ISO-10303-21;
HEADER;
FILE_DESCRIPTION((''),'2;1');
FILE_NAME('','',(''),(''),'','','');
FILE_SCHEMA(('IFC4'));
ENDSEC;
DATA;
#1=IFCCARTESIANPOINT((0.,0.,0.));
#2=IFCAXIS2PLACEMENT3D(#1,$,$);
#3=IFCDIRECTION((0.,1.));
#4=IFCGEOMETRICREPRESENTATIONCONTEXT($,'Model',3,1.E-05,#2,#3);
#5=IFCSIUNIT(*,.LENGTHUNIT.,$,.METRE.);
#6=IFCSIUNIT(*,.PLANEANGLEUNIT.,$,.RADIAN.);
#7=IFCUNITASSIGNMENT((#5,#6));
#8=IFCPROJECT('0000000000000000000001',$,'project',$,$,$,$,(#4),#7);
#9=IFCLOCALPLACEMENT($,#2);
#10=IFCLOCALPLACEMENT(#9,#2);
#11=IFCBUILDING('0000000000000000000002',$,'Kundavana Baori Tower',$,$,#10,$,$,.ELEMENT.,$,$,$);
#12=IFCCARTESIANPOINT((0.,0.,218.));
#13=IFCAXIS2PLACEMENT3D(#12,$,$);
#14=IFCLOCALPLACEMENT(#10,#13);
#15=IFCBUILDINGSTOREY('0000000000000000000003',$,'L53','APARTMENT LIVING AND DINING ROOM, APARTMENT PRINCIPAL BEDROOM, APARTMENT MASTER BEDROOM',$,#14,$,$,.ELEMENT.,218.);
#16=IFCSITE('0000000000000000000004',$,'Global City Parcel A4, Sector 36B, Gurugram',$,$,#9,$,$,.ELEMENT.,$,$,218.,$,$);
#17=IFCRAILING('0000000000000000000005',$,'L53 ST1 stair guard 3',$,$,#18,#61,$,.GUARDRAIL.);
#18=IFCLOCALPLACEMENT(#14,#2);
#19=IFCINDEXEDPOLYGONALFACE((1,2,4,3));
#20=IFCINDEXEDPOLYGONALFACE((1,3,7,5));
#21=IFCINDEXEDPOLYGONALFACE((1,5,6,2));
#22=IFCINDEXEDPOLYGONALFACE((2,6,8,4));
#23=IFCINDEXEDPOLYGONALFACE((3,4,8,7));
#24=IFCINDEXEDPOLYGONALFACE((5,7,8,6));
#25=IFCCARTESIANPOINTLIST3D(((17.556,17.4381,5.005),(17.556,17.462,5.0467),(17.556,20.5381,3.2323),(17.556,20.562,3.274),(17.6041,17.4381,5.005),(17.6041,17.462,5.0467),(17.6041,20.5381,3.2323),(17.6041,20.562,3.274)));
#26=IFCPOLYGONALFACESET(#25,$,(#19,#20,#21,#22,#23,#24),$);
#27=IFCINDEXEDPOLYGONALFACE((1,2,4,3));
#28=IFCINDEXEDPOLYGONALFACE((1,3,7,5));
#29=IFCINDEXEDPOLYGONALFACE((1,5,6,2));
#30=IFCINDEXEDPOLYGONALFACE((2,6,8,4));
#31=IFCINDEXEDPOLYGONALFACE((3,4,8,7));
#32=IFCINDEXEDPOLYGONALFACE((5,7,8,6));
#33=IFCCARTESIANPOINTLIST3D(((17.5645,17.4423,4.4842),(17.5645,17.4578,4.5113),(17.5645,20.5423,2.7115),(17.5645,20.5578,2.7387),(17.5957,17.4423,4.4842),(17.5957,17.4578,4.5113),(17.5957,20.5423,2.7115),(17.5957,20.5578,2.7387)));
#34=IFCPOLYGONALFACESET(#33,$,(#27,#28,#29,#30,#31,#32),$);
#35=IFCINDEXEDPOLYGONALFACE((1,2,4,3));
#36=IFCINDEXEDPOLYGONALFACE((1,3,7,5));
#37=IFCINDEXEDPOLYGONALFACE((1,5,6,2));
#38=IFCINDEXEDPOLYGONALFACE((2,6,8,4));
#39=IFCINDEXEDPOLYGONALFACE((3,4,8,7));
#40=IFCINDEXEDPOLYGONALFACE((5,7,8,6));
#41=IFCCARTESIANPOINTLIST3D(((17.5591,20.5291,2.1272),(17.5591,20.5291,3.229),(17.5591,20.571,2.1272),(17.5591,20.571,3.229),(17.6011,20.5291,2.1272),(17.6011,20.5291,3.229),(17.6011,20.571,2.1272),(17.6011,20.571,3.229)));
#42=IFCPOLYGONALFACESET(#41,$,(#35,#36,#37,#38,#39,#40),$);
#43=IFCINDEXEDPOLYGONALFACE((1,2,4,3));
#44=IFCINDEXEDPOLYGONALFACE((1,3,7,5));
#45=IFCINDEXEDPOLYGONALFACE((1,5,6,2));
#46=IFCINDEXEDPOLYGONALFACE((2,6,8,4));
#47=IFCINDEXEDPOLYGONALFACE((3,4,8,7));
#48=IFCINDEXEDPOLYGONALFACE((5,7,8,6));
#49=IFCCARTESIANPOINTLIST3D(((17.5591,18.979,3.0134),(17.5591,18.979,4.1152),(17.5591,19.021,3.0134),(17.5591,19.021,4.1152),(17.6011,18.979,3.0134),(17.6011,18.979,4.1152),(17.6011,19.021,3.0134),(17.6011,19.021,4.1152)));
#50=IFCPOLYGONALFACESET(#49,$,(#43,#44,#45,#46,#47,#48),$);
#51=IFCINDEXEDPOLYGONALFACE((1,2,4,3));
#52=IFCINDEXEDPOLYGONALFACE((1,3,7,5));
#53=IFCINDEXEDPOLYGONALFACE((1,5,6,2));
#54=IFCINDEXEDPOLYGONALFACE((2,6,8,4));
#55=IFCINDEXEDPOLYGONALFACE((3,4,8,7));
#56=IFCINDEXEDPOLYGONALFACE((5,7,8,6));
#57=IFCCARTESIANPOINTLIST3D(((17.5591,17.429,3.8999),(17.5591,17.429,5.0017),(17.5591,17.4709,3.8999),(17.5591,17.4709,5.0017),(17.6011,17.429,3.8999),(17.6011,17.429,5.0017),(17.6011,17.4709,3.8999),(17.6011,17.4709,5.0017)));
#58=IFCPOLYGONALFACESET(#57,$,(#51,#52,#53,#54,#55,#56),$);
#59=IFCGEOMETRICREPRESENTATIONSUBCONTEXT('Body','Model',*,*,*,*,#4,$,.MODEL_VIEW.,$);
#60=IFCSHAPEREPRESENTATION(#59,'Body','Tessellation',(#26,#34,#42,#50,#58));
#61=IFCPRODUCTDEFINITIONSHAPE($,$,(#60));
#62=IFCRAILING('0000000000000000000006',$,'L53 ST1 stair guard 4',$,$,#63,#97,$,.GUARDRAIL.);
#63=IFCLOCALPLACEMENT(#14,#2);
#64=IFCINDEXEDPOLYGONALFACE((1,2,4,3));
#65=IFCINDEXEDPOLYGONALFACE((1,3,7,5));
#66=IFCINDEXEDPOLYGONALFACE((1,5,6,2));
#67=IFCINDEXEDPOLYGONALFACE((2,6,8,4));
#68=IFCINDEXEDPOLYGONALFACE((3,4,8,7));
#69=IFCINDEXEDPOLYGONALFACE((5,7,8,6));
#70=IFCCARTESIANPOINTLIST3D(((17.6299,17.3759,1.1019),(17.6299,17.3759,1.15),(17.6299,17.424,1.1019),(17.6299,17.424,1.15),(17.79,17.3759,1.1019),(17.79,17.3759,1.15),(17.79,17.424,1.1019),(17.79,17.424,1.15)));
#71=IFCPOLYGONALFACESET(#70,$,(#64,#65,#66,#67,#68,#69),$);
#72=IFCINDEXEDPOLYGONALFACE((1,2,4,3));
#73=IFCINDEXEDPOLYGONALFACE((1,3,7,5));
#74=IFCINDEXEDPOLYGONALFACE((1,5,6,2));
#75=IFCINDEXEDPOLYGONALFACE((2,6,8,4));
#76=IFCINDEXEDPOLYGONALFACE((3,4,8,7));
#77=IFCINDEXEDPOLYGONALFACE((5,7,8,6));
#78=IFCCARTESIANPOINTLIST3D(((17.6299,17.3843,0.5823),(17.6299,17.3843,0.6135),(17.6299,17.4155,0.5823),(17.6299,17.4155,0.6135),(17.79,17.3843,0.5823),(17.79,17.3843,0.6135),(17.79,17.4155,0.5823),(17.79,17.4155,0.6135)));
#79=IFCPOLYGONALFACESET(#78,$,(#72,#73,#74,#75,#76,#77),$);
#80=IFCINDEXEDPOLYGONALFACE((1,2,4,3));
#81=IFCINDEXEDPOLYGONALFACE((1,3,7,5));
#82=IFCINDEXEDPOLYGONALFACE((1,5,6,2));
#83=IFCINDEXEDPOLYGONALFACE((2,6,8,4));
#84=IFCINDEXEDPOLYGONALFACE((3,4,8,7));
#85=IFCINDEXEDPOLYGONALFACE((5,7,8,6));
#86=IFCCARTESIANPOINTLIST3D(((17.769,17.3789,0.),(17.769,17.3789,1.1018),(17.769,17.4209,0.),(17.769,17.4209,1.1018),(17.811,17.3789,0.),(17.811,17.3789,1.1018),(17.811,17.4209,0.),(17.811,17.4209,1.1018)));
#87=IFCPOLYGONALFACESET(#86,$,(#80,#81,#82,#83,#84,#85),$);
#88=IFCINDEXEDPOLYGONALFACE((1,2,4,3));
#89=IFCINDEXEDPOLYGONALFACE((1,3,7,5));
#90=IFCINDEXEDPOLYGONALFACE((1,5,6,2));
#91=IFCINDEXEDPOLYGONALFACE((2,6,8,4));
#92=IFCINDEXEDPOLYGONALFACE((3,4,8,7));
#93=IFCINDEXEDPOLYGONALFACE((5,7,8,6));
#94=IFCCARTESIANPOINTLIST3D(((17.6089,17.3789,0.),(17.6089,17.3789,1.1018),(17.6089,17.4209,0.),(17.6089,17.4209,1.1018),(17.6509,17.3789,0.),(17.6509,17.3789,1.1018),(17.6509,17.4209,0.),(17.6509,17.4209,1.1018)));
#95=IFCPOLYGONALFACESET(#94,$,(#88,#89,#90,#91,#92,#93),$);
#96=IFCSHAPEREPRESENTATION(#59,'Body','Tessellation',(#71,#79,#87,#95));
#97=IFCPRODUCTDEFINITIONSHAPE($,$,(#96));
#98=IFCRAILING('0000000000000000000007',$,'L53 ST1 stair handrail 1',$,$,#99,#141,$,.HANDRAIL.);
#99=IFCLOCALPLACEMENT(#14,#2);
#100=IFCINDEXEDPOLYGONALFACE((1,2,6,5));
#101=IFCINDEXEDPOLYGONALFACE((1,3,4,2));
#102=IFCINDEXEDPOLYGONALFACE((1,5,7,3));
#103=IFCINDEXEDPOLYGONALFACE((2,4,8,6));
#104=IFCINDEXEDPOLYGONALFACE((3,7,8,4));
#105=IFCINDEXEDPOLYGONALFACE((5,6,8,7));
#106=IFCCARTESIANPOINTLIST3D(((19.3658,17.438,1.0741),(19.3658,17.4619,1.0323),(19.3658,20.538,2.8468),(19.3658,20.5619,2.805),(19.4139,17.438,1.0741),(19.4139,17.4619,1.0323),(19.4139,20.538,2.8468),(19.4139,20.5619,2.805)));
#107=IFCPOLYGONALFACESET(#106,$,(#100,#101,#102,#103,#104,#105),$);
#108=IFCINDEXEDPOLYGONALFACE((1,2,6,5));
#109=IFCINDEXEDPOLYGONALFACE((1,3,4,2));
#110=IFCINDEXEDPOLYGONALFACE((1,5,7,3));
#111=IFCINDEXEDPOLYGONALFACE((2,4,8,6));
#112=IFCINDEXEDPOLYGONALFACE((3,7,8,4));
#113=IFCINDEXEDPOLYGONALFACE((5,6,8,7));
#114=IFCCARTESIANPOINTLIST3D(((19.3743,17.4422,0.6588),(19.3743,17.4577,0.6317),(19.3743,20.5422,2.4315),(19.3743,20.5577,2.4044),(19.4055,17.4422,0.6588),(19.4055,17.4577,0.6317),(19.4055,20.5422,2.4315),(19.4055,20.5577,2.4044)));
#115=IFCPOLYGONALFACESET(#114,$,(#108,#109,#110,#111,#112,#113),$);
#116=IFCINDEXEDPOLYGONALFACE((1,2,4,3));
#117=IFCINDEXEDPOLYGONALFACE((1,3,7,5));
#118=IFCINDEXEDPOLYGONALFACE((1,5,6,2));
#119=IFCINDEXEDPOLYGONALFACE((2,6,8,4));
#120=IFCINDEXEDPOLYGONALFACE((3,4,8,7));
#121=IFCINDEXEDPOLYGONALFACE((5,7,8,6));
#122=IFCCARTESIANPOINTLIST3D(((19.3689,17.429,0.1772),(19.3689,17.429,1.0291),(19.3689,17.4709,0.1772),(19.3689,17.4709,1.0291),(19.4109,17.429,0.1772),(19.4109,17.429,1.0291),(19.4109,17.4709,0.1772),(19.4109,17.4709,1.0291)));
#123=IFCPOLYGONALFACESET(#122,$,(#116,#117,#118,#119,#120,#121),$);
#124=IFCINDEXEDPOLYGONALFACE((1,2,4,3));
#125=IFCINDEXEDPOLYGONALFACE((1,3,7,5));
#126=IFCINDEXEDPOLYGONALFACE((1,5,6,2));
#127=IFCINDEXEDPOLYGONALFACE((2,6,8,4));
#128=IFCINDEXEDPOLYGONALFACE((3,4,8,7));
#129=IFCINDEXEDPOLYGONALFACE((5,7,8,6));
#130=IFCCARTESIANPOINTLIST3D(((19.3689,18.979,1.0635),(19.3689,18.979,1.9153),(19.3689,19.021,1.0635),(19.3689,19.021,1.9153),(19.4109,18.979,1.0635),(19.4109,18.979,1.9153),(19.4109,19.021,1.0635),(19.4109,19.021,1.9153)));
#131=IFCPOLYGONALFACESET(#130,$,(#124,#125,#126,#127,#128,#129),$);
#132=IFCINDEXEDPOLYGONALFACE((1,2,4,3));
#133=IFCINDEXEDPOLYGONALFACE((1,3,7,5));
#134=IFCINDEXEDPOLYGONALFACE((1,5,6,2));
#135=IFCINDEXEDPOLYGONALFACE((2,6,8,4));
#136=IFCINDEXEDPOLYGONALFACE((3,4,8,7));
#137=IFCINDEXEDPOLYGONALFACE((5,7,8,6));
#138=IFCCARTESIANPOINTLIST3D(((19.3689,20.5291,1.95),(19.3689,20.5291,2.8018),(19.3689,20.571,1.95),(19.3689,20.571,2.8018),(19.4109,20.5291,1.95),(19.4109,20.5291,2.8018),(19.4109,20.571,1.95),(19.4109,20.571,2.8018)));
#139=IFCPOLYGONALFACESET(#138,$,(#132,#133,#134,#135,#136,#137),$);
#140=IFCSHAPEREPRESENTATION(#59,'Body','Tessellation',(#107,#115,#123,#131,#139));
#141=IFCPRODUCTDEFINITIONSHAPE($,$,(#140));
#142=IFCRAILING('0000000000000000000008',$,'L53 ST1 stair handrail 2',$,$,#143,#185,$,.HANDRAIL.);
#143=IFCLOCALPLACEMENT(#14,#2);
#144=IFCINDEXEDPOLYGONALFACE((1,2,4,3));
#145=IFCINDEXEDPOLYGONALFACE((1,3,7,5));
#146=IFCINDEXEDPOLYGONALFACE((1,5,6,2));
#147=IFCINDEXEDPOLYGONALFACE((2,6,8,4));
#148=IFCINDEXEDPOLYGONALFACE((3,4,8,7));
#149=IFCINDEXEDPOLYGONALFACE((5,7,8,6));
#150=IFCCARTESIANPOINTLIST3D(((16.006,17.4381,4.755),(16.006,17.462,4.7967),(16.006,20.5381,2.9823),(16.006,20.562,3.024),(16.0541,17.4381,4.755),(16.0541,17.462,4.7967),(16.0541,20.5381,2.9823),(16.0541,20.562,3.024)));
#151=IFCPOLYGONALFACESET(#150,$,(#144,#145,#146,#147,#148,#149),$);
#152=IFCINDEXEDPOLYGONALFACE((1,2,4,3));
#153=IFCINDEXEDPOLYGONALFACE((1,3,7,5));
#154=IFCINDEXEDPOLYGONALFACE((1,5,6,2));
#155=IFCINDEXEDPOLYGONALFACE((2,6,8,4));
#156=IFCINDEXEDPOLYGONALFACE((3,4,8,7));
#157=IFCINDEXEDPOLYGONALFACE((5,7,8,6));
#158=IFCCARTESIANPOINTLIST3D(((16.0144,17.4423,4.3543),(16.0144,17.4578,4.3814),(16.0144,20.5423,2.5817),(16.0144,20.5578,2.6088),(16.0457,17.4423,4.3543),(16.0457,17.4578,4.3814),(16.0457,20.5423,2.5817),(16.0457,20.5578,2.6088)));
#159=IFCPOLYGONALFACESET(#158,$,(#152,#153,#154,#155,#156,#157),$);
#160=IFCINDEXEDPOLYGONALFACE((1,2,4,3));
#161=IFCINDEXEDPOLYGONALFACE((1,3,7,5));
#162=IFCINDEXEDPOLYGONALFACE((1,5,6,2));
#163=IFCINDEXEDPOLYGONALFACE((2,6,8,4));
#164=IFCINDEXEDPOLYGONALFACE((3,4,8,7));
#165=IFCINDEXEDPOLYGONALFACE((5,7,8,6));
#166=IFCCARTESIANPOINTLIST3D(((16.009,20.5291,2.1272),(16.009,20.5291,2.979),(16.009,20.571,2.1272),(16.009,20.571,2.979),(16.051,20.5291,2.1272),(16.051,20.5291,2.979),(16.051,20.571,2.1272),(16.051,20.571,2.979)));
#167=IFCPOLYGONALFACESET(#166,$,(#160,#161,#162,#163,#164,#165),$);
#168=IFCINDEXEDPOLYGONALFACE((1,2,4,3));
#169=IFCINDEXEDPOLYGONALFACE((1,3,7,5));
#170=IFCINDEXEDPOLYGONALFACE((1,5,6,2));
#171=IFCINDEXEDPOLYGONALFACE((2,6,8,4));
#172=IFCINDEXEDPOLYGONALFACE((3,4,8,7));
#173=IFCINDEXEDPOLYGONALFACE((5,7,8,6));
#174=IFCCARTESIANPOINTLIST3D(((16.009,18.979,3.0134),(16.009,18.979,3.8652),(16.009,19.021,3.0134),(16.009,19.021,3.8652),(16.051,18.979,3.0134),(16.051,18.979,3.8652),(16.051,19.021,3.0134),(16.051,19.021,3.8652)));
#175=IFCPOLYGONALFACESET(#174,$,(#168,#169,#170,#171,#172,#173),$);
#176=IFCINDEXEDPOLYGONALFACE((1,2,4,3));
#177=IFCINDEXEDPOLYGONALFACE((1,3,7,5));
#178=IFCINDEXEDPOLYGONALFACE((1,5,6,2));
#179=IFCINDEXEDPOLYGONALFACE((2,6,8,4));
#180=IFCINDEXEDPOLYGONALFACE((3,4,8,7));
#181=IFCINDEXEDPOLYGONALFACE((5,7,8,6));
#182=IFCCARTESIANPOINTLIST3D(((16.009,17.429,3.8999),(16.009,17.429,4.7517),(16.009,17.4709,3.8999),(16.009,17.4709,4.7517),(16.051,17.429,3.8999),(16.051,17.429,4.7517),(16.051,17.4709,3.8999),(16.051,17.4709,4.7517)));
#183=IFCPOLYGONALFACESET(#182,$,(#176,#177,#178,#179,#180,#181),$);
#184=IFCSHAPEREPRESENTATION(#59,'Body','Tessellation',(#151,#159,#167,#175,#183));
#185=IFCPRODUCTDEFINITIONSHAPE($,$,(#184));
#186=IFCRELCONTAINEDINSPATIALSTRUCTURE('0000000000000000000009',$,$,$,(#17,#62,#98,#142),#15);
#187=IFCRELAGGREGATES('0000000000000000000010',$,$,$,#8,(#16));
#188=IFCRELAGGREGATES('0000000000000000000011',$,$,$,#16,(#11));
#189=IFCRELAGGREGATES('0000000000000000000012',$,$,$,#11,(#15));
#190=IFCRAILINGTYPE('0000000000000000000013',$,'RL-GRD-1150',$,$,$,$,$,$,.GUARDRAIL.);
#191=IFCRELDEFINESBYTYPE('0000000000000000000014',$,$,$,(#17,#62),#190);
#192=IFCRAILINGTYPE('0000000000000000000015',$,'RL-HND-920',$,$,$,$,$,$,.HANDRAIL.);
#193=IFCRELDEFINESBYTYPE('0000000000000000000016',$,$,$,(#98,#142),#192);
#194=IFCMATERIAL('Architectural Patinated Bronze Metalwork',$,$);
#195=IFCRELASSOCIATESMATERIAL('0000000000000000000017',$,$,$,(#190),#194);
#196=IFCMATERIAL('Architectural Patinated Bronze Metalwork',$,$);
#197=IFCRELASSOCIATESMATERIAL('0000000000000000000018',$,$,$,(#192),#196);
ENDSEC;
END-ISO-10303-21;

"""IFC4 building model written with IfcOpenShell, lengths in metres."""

from ifc_helpers import new_model, si_unit, direction, frame, origin, origin_2d, place, context, subcontext, project, spatial, rectangle, extrude, material, type_object, element, save


model = new_model("IFC4")

# Units and contexts
model_context = context("Model", 3, precision=1e-05, world=origin(), true_north=direction((0.0, 1.0)))
body_context = subcontext(model_context, "Body", "Model", "MODEL_VIEW")
ifc_project = project(units=[si_unit("LENGTHUNIT", "METRE"), si_unit("PLANEANGLEUNIT", "RADIAN")], contexts=[model_context])

# Site, building, storey
site_placement = place(None, origin())
site = spatial("IfcSite", under=ifc_project, at=site_placement, Name="Global City Parcel A4, Sector 36B, Gurugram", CompositionType="ELEMENT", RefElevation=218.0)
building_placement = place(site_placement, origin())
building = spatial("IfcBuilding", under=site, at=building_placement, Name="Kundavana Baori Tower", CompositionType="ELEMENT")
storey_placement = place(building_placement, frame((0.0, 0.0, 218.0)))
storey = spatial("IfcBuildingStorey", under=building, at=storey_placement, Name="L53", Description="APARTMENT LIVING AND DINING ROOM, APARTMENT PRINCIPAL BEDROOM, APARTMENT MASTER BEDROOM", CompositionType="ELEMENT", Elevation=218.0)

# Railings
ifc_material_1 = material(Name="Architectural Patinated Bronze Metalwork")
railing_type_1 = type_object("IfcRailingType", Name="RL-GRD-1150", PredefinedType="GUARDRAIL", material=ifc_material_1)
railing_1_placement = place(storey_placement, frame((17.5801, 20.55, 2.1272)))
element("IfcRailing", 1, at=railing_1_placement, inside=storey, type_object=railing_type_1, Name="L53 ST1 stair guard 3", PredefinedType="GUARDRAIL", context=body_context, shape_type="SweptSolid", body=[
    extrude(rectangle(XDim=0.0481, YDim=0.0481, at=origin_2d()), frame((0.0, 0.0, 1.126), z_axis=(0.0, -0.868096, 0.496397), x_axis=(1.0, 0.0, 0.0)), (0.0, 0.0, 1.0), 3.571),
    extrude(rectangle(XDim=0.0312, YDim=0.0312, at=origin_2d()), frame((0.0, 0.0, 0.5979), z_axis=(0.0, -0.868096, 0.496397), x_axis=(1.0, 0.0, 0.0)), (0.0, 0.0, 1.0), 3.571),
    extrude(rectangle(XDim=0.042, YDim=0.042, at=origin_2d()), origin(), (0.0, 0.0, 1.0), 1.1018),
    extrude(rectangle(XDim=0.042, YDim=0.042, at=origin_2d()), frame((0.0, -1.55, 0.8862)), (0.0, 0.0, 1.0), 1.1018),
    extrude(rectangle(XDim=0.042, YDim=0.042, at=origin_2d()), frame((0.0, -3.1001, 1.7727)), (0.0, 0.0, 1.0), 1.1018),
])
railing_2_placement = place(storey_placement, frame((17.79, 17.3999, 0.0)))
element("IfcRailing", 2, at=railing_2_placement, inside=storey, type_object=railing_type_1, Name="L53 ST1 stair guard 4", PredefinedType="GUARDRAIL", context=body_context, shape_type="SweptSolid", body=[
    extrude(rectangle(XDim=0.0481, YDim=0.0481, at=origin_2d()), frame((0.0, 0.0, 1.126), z_axis=(-1.0, 0.0, 0.0), x_axis=(0.0, -1.0, 0.0)), (0.0, 0.0, 1.0), 0.1602),
    extrude(rectangle(XDim=0.0312, YDim=0.0312, at=origin_2d()), frame((0.0, 0.0, 0.5979), z_axis=(-1.0, 0.0, 0.0), x_axis=(0.0, -1.0, 0.0)), (0.0, 0.0, 1.0), 0.1602),
    extrude(rectangle(XDim=0.042, YDim=0.042, at=origin_2d()), origin(), (0.0, 0.0, 1.0), 1.1018),
    extrude(rectangle(XDim=0.042, YDim=0.042, at=origin_2d()), frame((-0.1602, 0.0, 0.0)), (0.0, 0.0, 1.0), 1.1018),
])
ifc_material_2 = material(Name="Architectural Patinated Bronze Metalwork")
railing_type_2 = type_object("IfcRailingType", Name="RL-HND-920", PredefinedType="HANDRAIL", material=ifc_material_2)
railing_3_placement = place(storey_placement, frame((19.3899, 17.45, 0.1772)))
element("IfcRailing", 3, at=railing_3_placement, inside=storey, type_object=railing_type_2, Name="L53 ST1 stair handrail 1", PredefinedType="HANDRAIL", context=body_context, shape_type="SweptSolid", body=[
    extrude(rectangle(XDim=0.0481, YDim=0.0481, at=origin_2d()), frame((0.0, 0.0, 0.876), z_axis=(0.0, 0.868096, 0.496397), x_axis=(-1.0, 0.0, 0.0)), (0.0, 0.0, 1.0), 3.571),
    extrude(rectangle(XDim=0.0312, YDim=0.0312, at=origin_2d()), frame((0.0, 0.0, 0.468), z_axis=(0.0, 0.868096, 0.496397), x_axis=(-1.0, 0.0, 0.0)), (0.0, 0.0, 1.0), 3.571),
    extrude(rectangle(XDim=0.042, YDim=0.042, at=origin_2d()), origin(), (0.0, 0.0, 1.0), 0.8518),
    extrude(rectangle(XDim=0.042, YDim=0.042, at=origin_2d()), frame((0.0, 1.55, 0.8862)), (0.0, 0.0, 1.0), 0.8518),
    extrude(rectangle(XDim=0.042, YDim=0.042, at=origin_2d()), frame((0.0, 3.1001, 1.7727)), (0.0, 0.0, 1.0), 0.8518),
])
railing_4_placement = place(storey_placement, frame((16.03, 20.55, 2.1272)))
element("IfcRailing", 4, at=railing_4_placement, inside=storey, type_object=railing_type_2, Name="L53 ST1 stair handrail 2", PredefinedType="HANDRAIL", context=body_context, shape_type="SweptSolid", body=[
    extrude(rectangle(XDim=0.0481, YDim=0.0481, at=origin_2d()), frame((0.0, 0.0, 0.876), z_axis=(0.0, -0.868096, 0.496397), x_axis=(1.0, 0.0, 0.0)), (0.0, 0.0, 1.0), 3.571),
    extrude(rectangle(XDim=0.0312, YDim=0.0312, at=origin_2d()), frame((0.0, 0.0, 0.468), z_axis=(0.0, -0.868096, 0.496397), x_axis=(1.0, 0.0, 0.0)), (0.0, 0.0, 1.0), 3.571),
    extrude(rectangle(XDim=0.042, YDim=0.042, at=origin_2d()), origin(), (0.0, 0.0, 1.0), 0.8518),
    extrude(rectangle(XDim=0.042, YDim=0.042, at=origin_2d()), frame((0.0, -1.55, 0.8862)), (0.0, 0.0, 1.0), 0.8518),
    extrude(rectangle(XDim=0.042, YDim=0.042, at=origin_2d()), frame((0.0, -3.1001, 1.7727)), (0.0, 0.0, 1.0), 0.8518),
])

save(model, "model.ifc")
